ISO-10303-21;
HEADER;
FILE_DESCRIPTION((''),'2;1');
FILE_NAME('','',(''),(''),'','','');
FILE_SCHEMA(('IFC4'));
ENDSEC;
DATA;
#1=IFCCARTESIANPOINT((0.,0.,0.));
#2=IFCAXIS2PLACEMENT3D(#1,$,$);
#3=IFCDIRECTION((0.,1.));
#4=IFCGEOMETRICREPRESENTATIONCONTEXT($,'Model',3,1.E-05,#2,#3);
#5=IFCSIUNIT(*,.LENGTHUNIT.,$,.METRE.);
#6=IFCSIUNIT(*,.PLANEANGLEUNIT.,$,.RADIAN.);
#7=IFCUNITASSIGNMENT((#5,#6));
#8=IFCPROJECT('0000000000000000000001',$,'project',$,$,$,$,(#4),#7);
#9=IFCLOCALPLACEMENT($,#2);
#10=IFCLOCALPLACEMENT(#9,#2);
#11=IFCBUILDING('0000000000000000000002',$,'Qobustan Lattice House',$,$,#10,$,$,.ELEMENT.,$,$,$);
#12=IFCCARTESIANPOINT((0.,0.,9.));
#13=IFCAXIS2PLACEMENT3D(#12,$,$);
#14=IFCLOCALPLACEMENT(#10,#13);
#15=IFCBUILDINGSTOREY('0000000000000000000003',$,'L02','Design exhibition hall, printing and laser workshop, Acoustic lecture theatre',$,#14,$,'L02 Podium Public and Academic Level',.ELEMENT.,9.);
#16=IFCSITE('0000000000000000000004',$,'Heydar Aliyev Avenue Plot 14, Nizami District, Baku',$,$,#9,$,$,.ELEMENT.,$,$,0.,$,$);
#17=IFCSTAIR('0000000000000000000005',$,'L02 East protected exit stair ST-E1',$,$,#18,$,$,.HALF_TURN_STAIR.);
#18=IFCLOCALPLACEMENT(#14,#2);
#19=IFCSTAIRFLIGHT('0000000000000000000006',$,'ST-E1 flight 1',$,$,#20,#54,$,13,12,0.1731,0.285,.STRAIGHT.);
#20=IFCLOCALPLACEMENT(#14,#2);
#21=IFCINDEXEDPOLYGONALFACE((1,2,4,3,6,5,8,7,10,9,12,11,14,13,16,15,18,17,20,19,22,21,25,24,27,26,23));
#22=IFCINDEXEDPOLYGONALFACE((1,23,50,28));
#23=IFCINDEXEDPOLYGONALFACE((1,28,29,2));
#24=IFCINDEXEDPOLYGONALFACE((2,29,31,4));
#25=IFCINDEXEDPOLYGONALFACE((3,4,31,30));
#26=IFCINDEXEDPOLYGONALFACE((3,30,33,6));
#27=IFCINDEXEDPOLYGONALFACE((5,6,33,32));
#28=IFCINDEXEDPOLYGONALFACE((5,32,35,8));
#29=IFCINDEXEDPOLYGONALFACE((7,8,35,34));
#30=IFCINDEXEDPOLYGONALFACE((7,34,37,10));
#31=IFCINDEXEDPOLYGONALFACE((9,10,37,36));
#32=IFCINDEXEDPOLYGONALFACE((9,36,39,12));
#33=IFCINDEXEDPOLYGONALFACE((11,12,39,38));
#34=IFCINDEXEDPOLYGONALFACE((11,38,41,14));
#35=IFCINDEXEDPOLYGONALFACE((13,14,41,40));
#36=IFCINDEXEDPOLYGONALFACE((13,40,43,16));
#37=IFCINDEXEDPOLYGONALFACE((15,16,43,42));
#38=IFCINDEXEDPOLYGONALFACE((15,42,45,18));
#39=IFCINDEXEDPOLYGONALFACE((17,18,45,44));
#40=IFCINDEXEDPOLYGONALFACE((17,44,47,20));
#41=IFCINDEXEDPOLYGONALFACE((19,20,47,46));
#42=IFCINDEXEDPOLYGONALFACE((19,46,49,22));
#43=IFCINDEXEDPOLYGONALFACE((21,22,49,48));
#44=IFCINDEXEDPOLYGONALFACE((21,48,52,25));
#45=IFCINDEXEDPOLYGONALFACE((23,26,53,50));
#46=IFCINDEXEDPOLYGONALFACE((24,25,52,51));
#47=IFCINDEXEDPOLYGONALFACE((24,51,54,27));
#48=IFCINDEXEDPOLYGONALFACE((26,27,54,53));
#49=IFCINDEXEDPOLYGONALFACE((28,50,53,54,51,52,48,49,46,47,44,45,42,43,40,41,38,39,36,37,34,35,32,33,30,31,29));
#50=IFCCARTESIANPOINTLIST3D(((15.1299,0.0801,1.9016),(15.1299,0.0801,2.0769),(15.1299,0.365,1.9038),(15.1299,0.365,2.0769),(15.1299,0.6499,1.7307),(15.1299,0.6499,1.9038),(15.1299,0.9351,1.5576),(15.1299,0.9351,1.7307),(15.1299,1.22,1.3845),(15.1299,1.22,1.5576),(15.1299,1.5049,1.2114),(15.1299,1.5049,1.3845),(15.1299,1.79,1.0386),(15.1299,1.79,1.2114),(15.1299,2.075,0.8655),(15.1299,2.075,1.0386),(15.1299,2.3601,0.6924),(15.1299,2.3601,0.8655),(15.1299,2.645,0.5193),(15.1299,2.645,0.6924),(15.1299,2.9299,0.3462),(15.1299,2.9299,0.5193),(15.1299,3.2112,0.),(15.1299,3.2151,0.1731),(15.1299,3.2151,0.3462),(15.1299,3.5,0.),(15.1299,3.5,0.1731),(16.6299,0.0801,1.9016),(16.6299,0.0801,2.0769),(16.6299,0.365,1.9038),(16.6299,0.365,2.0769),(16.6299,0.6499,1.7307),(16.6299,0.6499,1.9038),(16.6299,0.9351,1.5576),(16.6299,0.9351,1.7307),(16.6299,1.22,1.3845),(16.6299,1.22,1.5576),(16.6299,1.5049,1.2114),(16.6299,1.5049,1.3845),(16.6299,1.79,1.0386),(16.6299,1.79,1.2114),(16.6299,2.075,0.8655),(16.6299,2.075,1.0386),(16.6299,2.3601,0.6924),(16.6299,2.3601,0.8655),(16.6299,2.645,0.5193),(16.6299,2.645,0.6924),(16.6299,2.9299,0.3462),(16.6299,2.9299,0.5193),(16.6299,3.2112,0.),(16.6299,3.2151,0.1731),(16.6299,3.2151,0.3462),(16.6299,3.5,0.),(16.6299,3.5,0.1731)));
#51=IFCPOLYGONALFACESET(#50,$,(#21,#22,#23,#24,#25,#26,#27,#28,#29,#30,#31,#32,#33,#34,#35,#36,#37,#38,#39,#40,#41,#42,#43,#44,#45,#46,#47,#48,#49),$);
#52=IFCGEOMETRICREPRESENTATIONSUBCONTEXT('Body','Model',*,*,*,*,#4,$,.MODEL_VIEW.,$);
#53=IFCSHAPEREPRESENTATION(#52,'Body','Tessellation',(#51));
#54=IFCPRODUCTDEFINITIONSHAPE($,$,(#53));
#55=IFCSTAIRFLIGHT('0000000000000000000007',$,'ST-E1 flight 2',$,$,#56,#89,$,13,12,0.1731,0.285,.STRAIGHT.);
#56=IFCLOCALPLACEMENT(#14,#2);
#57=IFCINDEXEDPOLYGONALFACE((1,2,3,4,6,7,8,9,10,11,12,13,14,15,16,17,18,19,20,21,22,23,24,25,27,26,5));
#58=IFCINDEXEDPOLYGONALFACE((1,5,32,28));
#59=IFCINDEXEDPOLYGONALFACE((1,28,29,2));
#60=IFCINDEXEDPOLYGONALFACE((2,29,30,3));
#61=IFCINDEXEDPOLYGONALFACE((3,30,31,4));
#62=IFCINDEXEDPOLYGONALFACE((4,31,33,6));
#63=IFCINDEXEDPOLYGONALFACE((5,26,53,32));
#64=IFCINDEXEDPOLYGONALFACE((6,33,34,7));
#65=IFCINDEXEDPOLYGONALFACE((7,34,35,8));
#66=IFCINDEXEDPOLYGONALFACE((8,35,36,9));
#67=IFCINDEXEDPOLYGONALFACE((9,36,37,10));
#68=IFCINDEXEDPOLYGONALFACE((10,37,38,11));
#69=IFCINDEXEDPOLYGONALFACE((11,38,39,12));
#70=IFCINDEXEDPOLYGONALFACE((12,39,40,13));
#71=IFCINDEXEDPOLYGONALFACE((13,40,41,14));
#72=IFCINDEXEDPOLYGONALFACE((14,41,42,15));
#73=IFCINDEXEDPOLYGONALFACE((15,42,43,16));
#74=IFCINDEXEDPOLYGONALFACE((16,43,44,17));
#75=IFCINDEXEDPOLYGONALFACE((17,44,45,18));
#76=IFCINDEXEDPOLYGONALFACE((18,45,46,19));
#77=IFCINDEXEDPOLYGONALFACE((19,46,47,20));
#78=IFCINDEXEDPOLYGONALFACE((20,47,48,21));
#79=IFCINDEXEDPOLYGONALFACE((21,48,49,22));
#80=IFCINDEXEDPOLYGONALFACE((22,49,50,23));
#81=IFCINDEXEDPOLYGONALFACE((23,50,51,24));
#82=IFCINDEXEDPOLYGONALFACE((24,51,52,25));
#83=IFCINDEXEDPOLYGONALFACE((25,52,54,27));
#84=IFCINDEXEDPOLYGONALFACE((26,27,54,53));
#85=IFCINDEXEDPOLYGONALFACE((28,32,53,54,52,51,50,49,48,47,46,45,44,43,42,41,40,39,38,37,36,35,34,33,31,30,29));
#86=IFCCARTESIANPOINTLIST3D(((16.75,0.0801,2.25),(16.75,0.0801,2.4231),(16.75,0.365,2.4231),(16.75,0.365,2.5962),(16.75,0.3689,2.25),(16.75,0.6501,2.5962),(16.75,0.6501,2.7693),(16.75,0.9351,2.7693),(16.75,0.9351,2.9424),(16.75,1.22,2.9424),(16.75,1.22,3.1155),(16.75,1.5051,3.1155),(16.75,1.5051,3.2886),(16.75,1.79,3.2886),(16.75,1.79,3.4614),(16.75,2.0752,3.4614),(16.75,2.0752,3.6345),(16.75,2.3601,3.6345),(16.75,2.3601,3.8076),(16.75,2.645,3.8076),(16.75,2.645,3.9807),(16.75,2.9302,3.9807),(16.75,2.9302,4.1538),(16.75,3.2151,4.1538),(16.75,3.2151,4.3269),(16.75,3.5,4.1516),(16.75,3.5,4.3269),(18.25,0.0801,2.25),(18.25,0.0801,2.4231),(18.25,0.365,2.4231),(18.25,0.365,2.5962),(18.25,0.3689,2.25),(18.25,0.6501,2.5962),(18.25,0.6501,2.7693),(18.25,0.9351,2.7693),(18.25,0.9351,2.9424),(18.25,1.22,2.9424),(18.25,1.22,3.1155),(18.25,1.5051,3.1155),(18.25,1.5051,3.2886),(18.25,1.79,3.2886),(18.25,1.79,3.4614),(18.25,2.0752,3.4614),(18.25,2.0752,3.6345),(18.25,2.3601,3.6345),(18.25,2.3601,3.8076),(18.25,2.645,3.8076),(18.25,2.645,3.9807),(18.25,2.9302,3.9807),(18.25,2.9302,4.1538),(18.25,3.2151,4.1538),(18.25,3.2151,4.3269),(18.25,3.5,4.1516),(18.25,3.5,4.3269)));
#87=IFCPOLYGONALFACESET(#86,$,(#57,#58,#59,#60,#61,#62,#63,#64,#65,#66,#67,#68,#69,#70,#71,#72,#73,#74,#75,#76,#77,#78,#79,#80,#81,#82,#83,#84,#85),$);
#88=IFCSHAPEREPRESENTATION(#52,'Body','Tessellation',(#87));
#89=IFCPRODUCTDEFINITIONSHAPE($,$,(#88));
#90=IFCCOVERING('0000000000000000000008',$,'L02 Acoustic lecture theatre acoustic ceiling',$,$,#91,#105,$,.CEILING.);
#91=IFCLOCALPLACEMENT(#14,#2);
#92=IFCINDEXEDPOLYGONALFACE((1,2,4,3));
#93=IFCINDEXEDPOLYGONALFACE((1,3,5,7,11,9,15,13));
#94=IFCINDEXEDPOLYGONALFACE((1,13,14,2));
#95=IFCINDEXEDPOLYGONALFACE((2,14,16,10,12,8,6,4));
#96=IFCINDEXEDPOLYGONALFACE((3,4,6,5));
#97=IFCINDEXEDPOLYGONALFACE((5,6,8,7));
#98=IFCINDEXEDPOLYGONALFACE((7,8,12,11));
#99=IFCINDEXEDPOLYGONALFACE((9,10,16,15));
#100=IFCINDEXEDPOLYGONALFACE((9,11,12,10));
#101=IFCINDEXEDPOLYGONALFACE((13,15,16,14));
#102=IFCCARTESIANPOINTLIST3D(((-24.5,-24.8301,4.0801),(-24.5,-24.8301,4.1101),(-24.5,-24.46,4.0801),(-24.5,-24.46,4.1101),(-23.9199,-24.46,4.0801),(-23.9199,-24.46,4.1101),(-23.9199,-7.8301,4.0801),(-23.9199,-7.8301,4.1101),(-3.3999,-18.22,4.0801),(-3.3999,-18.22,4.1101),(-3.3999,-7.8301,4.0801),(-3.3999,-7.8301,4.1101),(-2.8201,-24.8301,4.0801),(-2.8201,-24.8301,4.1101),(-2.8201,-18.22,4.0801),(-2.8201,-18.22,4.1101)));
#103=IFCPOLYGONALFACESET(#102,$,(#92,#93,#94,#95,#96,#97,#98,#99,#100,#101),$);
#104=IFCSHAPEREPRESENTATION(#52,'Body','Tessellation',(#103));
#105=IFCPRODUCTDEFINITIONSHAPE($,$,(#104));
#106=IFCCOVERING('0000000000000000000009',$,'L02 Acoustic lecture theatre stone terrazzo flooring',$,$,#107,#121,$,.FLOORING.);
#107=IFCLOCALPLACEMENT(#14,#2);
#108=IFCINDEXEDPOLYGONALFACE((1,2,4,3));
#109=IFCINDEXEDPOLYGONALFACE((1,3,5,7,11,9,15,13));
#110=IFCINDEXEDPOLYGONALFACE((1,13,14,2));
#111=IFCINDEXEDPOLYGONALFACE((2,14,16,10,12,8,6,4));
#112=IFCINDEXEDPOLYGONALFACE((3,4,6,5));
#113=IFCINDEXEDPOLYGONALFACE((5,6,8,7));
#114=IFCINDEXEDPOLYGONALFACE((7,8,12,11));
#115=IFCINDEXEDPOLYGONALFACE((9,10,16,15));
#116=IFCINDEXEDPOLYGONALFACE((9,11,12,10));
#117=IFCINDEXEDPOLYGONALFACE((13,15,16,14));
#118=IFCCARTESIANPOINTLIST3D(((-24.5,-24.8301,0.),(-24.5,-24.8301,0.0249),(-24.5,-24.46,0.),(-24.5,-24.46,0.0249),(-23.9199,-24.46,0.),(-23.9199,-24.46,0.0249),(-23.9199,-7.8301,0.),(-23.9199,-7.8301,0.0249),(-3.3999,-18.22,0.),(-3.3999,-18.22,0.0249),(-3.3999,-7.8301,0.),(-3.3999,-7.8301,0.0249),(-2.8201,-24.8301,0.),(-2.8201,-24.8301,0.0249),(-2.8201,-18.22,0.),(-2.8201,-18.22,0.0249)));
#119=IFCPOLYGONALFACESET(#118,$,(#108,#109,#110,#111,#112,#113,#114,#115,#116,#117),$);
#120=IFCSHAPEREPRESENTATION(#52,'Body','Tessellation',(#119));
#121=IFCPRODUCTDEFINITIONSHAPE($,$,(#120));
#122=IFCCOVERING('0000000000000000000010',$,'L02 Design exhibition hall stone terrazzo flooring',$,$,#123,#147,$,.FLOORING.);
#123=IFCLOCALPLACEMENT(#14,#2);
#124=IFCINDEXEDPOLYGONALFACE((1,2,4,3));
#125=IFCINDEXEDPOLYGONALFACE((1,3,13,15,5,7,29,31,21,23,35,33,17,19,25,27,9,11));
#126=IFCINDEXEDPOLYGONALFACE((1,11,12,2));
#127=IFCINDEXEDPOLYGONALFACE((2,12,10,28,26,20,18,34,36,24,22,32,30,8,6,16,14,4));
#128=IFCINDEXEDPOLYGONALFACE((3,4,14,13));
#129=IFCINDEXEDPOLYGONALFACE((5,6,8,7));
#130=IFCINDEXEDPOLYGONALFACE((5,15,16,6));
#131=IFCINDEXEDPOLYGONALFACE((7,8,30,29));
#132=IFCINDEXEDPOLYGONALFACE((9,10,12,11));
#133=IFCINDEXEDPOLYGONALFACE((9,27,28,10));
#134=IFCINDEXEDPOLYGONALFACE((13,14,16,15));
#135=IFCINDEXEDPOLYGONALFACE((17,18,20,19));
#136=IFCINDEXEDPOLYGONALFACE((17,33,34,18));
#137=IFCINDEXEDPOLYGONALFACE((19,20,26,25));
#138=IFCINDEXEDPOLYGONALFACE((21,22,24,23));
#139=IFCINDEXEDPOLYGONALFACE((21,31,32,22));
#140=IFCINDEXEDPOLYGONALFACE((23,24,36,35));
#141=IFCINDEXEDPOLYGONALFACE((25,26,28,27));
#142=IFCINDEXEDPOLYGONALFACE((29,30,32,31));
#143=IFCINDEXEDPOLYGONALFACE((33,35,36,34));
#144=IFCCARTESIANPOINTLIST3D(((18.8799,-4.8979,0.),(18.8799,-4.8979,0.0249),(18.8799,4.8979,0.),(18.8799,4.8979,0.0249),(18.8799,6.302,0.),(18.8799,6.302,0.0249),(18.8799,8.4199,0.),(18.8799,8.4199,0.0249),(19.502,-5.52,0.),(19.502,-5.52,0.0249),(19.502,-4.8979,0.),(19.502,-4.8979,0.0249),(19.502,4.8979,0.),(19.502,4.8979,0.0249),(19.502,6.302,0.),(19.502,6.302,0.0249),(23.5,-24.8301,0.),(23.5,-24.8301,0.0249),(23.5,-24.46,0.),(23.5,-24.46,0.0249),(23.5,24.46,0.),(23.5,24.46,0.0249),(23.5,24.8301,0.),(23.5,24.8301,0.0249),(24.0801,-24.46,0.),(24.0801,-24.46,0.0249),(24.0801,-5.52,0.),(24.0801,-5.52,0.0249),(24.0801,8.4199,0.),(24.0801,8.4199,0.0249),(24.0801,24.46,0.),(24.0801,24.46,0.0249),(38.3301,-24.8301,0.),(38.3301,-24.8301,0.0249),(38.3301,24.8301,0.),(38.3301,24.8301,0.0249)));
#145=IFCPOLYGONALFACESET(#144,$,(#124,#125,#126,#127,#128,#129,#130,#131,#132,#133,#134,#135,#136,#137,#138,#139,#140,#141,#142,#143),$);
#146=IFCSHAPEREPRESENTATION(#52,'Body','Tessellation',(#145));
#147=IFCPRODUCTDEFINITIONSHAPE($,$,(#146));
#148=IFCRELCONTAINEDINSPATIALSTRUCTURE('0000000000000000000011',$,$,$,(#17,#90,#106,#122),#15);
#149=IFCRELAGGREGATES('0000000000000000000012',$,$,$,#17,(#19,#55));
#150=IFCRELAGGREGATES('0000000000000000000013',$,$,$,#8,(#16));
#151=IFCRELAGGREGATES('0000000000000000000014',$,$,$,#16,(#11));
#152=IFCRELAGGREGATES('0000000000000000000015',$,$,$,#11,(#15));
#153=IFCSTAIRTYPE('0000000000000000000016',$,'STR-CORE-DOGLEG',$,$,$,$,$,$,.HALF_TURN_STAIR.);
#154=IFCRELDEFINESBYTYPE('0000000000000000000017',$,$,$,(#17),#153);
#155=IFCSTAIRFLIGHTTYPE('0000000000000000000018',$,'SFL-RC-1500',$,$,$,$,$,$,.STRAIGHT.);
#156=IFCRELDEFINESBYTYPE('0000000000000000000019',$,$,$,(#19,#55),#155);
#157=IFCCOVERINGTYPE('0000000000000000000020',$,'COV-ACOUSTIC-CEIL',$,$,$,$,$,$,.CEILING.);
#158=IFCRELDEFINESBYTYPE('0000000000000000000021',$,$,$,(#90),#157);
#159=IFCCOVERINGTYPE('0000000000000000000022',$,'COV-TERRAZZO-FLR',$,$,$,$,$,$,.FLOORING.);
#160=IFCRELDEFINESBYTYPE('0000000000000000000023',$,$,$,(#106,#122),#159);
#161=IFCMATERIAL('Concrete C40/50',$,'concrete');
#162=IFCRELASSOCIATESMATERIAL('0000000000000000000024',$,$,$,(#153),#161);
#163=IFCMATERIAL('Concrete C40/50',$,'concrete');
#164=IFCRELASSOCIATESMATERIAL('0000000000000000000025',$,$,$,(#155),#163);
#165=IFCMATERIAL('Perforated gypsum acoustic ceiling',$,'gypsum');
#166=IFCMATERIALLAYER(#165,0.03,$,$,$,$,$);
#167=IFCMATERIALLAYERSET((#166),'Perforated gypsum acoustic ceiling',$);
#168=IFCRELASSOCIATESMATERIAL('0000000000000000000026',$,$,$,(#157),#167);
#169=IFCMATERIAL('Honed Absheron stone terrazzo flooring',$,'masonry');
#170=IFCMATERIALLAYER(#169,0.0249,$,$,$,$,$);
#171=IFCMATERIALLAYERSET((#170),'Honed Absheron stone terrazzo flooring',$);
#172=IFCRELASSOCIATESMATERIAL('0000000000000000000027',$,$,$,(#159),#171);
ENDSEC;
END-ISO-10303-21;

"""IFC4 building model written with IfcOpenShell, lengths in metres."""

from ifc_helpers import new_model, si_unit, direction, frame, origin, place, context, subcontext, project, spatial, polyline, outline, extrude, material, layer, layer_set, type_object, element, aggregate, save


model = new_model("IFC4")

# Units and contexts
model_context = context("Model", 3, precision=1e-05, world=origin(), true_north=direction((0.0, 1.0)))
body_context = subcontext(model_context, "Body", "Model", "MODEL_VIEW")
ifc_project = project(units=[si_unit("LENGTHUNIT", "METRE"), si_unit("PLANEANGLEUNIT", "RADIAN")], contexts=[model_context])

# Site, building, storey
site_placement = place(None, origin())
site = spatial("IfcSite", under=ifc_project, at=site_placement, Name="Heydar Aliyev Avenue Plot 14, Nizami District, Baku", CompositionType="ELEMENT", RefElevation=0.0)
building_placement = place(site_placement, origin())
building = spatial("IfcBuilding", under=site, at=building_placement, Name="Qobustan Lattice House", CompositionType="ELEMENT")
storey_placement = place(building_placement, frame((0.0, 0.0, 9.0)))
storey = spatial("IfcBuildingStorey", under=building, at=storey_placement, Name="L02", Description="Design exhibition hall, printing and laser workshop, Acoustic lecture theatre", LongName="L02 Podium Public and Academic Level", CompositionType="ELEMENT", Elevation=9.0)

# Stair
ifc_material_1 = material(Name="Concrete C40/50", Category="concrete")
stair_type_1 = type_object("IfcStairType", Name="STR-CORE-DOGLEG", PredefinedType="HALF_TURN_STAIR", material=ifc_material_1)
stair_1_placement = place(storey_placement, origin())
stair_1 = element("IfcStair", 1, at=stair_1_placement, inside=storey, type_object=stair_type_1, Name="L02 East protected exit stair ST-E1", PredefinedType="HALF_TURN_STAIR")

# Stair flights
ifc_material_2 = material(Name="Concrete C40/50", Category="concrete")
stair_flight_type = type_object("IfcStairFlightType", Name="SFL-RC-1500", PredefinedType="STRAIGHT", material=ifc_material_2)
stair_flight_1_placement = place(storey_placement, frame((15.8799, 3.5, 0.0), z_axis=(0.0, 0.0, 1.0), x_axis=(0.0, -1.0, 0.0)))
stair_flight_1 = element("IfcStairFlight", 2, at=stair_flight_1_placement, type_object=stair_flight_type, Name="ST-E1 flight 1", NumberOfRisers=13, NumberOfTreads=12, PredefinedType="STRAIGHT", RiserHeight=0.1731, TreadLength=0.285, context=body_context, shape_type="SweptSolid", body=[
    extrude(outline(polyline([(0.0, 0.0), (0.0, 0.1731), (0.2849, 0.1731), (0.2849, 0.3462), (0.5701, 0.3462), (0.5701, 0.5193), (0.855, 0.5193), (0.855, 0.6924), (1.1399, 0.6924), (1.1399, 0.8655), (1.425, 0.8655), (1.425, 1.0386), (1.71, 1.0386), (1.71, 1.2114), (1.9951, 1.2114), (1.9951, 1.3845), (2.28, 1.3845), (2.28, 1.5576), (2.5649, 1.5576), (2.5649, 1.7307), (2.8501, 1.7307), (2.8501, 1.9038), (3.135, 1.9038), (3.135, 2.0769), (3.4199, 2.0769), (3.4199, 2.25), (3.4199, 1.9016), (0.2888, 0.0), (0.0, 0.0)])), frame((0.0, 0.75, 0.0), z_axis=(0.0, -1.0, 0.0), x_axis=(1.0, 0.0, 0.0)), (0.0, 0.0, 1.0), 1.5),
])
stair_flight_2_placement = place(storey_placement, frame((17.5, 0.0801, 2.25), z_axis=(0.0, 0.0, 1.0), x_axis=(0.0, 1.0, 0.0)))
stair_flight_2 = element("IfcStairFlight", 3, at=stair_flight_2_placement, type_object=stair_flight_type, Name="ST-E1 flight 2", NumberOfRisers=13, NumberOfTreads=12, PredefinedType="STRAIGHT", RiserHeight=0.1731, TreadLength=0.285, context=body_context, shape_type="SweptSolid", body=[
    extrude(outline(polyline([(0.0, 0.0), (0.0, 0.1731), (0.2849, 0.1731), (0.2849, 0.3462), (0.5701, 0.3462), (0.5701, 0.5193), (0.855, 0.5193), (0.855, 0.6924), (1.1399, 0.6924), (1.1399, 0.8655), (1.425, 0.8655), (1.425, 1.0386), (1.71, 1.0386), (1.71, 1.2114), (1.9951, 1.2114), (1.9951, 1.3845), (2.28, 1.3845), (2.28, 1.5576), (2.5649, 1.5576), (2.5649, 1.7307), (2.8501, 1.7307), (2.8501, 1.9038), (3.135, 1.9038), (3.135, 2.0769), (3.4199, 2.0769), (3.4199, 2.25), (3.4199, 1.9016), (0.2888, 0.0), (0.0, 0.0)])), frame((0.0, 0.75, 0.0), z_axis=(0.0, -1.0, 0.0), x_axis=(1.0, 0.0, 0.0)), (0.0, 0.0, 1.0), 1.5),
])
aggregate(stair_1, [stair_flight_1, stair_flight_2])

# Coverings
ifc_material_3 = material(Name="Perforated gypsum acoustic ceiling", Category="gypsum")
ifc_layer_1 = layer(ifc_material_3, 0.03)
ifc_layer_set_1 = layer_set([ifc_layer_1], Name="Perforated gypsum acoustic ceiling")
covering_type_1 = type_object("IfcCoveringType", Name="COV-ACOUSTIC-CEIL", PredefinedType="CEILING", material=ifc_layer_set_1)
covering_1_placement = place(storey_placement, frame((0.0, 0.0, 4.0801)))
element("IfcCovering", 4, at=covering_1_placement, inside=storey, type_object=covering_type_1, Name="L02 Acoustic lecture theatre acoustic ceiling", PredefinedType="CEILING", context=body_context, shape_type="SweptSolid", body=[
    extrude(outline(polyline([(-3.3999, -18.22), (-3.3999, -7.8301), (-23.9199, -7.8301), (-23.9199, -24.46), (-24.5, -24.46), (-24.5, -24.8301), (-2.8201, -24.8301), (-2.8201, -18.22), (-3.3999, -18.22)])), origin(), (0.0, 0.0, 1.0), 0.03),
])
ifc_material_4 = material(Name="Honed Absheron stone terrazzo flooring", Category="masonry")
ifc_layer_2 = layer(ifc_material_4, 0.0249)
ifc_layer_set_2 = layer_set([ifc_layer_2], Name="Honed Absheron stone terrazzo flooring")
covering_type_2 = type_object("IfcCoveringType", Name="COV-TERRAZZO-FLR", PredefinedType="FLOORING", material=ifc_layer_set_2)
covering_2_placement = place(storey_placement, origin())
element("IfcCovering", 5, at=covering_2_placement, inside=storey, type_object=covering_type_2, Name="L02 Acoustic lecture theatre stone terrazzo flooring", PredefinedType="FLOORING", context=body_context, shape_type="SweptSolid", body=[
    extrude(outline(polyline([(-3.3999, -18.22), (-3.3999, -7.8301), (-23.9199, -7.8301), (-23.9199, -24.46), (-24.5, -24.46), (-24.5, -24.8301), (-2.8201, -24.8301), (-2.8201, -18.22), (-3.3999, -18.22)])), origin(), (0.0, 0.0, 1.0), 0.0249),
])
covering_3_placement = place(storey_placement, origin())
element("IfcCovering", 6, at=covering_3_placement, inside=storey, type_object=covering_type_2, Name="L02 Design exhibition hall stone terrazzo flooring", PredefinedType="FLOORING", context=body_context, shape_type="SweptSolid", body=[
    extrude(outline(polyline([(38.3301, -24.8301), (38.3301, 24.8301), (23.5, 24.8301), (23.5, 24.46), (24.0801, 24.46), (24.0801, 8.4199), (18.8799, 8.4199), (18.8799, 6.302), (19.502, 6.302), (19.502, 4.8979), (18.8799, 4.8979), (18.8799, -4.8979), (19.502, -4.8979), (19.502, -5.52), (24.0801, -5.52), (24.0801, -24.46), (23.5, -24.46), (23.5, -24.8301), (38.3301, -24.8301)])), origin(), (0.0, 0.0, 1.0), 0.0249),
])

save(model, "model.ifc")
